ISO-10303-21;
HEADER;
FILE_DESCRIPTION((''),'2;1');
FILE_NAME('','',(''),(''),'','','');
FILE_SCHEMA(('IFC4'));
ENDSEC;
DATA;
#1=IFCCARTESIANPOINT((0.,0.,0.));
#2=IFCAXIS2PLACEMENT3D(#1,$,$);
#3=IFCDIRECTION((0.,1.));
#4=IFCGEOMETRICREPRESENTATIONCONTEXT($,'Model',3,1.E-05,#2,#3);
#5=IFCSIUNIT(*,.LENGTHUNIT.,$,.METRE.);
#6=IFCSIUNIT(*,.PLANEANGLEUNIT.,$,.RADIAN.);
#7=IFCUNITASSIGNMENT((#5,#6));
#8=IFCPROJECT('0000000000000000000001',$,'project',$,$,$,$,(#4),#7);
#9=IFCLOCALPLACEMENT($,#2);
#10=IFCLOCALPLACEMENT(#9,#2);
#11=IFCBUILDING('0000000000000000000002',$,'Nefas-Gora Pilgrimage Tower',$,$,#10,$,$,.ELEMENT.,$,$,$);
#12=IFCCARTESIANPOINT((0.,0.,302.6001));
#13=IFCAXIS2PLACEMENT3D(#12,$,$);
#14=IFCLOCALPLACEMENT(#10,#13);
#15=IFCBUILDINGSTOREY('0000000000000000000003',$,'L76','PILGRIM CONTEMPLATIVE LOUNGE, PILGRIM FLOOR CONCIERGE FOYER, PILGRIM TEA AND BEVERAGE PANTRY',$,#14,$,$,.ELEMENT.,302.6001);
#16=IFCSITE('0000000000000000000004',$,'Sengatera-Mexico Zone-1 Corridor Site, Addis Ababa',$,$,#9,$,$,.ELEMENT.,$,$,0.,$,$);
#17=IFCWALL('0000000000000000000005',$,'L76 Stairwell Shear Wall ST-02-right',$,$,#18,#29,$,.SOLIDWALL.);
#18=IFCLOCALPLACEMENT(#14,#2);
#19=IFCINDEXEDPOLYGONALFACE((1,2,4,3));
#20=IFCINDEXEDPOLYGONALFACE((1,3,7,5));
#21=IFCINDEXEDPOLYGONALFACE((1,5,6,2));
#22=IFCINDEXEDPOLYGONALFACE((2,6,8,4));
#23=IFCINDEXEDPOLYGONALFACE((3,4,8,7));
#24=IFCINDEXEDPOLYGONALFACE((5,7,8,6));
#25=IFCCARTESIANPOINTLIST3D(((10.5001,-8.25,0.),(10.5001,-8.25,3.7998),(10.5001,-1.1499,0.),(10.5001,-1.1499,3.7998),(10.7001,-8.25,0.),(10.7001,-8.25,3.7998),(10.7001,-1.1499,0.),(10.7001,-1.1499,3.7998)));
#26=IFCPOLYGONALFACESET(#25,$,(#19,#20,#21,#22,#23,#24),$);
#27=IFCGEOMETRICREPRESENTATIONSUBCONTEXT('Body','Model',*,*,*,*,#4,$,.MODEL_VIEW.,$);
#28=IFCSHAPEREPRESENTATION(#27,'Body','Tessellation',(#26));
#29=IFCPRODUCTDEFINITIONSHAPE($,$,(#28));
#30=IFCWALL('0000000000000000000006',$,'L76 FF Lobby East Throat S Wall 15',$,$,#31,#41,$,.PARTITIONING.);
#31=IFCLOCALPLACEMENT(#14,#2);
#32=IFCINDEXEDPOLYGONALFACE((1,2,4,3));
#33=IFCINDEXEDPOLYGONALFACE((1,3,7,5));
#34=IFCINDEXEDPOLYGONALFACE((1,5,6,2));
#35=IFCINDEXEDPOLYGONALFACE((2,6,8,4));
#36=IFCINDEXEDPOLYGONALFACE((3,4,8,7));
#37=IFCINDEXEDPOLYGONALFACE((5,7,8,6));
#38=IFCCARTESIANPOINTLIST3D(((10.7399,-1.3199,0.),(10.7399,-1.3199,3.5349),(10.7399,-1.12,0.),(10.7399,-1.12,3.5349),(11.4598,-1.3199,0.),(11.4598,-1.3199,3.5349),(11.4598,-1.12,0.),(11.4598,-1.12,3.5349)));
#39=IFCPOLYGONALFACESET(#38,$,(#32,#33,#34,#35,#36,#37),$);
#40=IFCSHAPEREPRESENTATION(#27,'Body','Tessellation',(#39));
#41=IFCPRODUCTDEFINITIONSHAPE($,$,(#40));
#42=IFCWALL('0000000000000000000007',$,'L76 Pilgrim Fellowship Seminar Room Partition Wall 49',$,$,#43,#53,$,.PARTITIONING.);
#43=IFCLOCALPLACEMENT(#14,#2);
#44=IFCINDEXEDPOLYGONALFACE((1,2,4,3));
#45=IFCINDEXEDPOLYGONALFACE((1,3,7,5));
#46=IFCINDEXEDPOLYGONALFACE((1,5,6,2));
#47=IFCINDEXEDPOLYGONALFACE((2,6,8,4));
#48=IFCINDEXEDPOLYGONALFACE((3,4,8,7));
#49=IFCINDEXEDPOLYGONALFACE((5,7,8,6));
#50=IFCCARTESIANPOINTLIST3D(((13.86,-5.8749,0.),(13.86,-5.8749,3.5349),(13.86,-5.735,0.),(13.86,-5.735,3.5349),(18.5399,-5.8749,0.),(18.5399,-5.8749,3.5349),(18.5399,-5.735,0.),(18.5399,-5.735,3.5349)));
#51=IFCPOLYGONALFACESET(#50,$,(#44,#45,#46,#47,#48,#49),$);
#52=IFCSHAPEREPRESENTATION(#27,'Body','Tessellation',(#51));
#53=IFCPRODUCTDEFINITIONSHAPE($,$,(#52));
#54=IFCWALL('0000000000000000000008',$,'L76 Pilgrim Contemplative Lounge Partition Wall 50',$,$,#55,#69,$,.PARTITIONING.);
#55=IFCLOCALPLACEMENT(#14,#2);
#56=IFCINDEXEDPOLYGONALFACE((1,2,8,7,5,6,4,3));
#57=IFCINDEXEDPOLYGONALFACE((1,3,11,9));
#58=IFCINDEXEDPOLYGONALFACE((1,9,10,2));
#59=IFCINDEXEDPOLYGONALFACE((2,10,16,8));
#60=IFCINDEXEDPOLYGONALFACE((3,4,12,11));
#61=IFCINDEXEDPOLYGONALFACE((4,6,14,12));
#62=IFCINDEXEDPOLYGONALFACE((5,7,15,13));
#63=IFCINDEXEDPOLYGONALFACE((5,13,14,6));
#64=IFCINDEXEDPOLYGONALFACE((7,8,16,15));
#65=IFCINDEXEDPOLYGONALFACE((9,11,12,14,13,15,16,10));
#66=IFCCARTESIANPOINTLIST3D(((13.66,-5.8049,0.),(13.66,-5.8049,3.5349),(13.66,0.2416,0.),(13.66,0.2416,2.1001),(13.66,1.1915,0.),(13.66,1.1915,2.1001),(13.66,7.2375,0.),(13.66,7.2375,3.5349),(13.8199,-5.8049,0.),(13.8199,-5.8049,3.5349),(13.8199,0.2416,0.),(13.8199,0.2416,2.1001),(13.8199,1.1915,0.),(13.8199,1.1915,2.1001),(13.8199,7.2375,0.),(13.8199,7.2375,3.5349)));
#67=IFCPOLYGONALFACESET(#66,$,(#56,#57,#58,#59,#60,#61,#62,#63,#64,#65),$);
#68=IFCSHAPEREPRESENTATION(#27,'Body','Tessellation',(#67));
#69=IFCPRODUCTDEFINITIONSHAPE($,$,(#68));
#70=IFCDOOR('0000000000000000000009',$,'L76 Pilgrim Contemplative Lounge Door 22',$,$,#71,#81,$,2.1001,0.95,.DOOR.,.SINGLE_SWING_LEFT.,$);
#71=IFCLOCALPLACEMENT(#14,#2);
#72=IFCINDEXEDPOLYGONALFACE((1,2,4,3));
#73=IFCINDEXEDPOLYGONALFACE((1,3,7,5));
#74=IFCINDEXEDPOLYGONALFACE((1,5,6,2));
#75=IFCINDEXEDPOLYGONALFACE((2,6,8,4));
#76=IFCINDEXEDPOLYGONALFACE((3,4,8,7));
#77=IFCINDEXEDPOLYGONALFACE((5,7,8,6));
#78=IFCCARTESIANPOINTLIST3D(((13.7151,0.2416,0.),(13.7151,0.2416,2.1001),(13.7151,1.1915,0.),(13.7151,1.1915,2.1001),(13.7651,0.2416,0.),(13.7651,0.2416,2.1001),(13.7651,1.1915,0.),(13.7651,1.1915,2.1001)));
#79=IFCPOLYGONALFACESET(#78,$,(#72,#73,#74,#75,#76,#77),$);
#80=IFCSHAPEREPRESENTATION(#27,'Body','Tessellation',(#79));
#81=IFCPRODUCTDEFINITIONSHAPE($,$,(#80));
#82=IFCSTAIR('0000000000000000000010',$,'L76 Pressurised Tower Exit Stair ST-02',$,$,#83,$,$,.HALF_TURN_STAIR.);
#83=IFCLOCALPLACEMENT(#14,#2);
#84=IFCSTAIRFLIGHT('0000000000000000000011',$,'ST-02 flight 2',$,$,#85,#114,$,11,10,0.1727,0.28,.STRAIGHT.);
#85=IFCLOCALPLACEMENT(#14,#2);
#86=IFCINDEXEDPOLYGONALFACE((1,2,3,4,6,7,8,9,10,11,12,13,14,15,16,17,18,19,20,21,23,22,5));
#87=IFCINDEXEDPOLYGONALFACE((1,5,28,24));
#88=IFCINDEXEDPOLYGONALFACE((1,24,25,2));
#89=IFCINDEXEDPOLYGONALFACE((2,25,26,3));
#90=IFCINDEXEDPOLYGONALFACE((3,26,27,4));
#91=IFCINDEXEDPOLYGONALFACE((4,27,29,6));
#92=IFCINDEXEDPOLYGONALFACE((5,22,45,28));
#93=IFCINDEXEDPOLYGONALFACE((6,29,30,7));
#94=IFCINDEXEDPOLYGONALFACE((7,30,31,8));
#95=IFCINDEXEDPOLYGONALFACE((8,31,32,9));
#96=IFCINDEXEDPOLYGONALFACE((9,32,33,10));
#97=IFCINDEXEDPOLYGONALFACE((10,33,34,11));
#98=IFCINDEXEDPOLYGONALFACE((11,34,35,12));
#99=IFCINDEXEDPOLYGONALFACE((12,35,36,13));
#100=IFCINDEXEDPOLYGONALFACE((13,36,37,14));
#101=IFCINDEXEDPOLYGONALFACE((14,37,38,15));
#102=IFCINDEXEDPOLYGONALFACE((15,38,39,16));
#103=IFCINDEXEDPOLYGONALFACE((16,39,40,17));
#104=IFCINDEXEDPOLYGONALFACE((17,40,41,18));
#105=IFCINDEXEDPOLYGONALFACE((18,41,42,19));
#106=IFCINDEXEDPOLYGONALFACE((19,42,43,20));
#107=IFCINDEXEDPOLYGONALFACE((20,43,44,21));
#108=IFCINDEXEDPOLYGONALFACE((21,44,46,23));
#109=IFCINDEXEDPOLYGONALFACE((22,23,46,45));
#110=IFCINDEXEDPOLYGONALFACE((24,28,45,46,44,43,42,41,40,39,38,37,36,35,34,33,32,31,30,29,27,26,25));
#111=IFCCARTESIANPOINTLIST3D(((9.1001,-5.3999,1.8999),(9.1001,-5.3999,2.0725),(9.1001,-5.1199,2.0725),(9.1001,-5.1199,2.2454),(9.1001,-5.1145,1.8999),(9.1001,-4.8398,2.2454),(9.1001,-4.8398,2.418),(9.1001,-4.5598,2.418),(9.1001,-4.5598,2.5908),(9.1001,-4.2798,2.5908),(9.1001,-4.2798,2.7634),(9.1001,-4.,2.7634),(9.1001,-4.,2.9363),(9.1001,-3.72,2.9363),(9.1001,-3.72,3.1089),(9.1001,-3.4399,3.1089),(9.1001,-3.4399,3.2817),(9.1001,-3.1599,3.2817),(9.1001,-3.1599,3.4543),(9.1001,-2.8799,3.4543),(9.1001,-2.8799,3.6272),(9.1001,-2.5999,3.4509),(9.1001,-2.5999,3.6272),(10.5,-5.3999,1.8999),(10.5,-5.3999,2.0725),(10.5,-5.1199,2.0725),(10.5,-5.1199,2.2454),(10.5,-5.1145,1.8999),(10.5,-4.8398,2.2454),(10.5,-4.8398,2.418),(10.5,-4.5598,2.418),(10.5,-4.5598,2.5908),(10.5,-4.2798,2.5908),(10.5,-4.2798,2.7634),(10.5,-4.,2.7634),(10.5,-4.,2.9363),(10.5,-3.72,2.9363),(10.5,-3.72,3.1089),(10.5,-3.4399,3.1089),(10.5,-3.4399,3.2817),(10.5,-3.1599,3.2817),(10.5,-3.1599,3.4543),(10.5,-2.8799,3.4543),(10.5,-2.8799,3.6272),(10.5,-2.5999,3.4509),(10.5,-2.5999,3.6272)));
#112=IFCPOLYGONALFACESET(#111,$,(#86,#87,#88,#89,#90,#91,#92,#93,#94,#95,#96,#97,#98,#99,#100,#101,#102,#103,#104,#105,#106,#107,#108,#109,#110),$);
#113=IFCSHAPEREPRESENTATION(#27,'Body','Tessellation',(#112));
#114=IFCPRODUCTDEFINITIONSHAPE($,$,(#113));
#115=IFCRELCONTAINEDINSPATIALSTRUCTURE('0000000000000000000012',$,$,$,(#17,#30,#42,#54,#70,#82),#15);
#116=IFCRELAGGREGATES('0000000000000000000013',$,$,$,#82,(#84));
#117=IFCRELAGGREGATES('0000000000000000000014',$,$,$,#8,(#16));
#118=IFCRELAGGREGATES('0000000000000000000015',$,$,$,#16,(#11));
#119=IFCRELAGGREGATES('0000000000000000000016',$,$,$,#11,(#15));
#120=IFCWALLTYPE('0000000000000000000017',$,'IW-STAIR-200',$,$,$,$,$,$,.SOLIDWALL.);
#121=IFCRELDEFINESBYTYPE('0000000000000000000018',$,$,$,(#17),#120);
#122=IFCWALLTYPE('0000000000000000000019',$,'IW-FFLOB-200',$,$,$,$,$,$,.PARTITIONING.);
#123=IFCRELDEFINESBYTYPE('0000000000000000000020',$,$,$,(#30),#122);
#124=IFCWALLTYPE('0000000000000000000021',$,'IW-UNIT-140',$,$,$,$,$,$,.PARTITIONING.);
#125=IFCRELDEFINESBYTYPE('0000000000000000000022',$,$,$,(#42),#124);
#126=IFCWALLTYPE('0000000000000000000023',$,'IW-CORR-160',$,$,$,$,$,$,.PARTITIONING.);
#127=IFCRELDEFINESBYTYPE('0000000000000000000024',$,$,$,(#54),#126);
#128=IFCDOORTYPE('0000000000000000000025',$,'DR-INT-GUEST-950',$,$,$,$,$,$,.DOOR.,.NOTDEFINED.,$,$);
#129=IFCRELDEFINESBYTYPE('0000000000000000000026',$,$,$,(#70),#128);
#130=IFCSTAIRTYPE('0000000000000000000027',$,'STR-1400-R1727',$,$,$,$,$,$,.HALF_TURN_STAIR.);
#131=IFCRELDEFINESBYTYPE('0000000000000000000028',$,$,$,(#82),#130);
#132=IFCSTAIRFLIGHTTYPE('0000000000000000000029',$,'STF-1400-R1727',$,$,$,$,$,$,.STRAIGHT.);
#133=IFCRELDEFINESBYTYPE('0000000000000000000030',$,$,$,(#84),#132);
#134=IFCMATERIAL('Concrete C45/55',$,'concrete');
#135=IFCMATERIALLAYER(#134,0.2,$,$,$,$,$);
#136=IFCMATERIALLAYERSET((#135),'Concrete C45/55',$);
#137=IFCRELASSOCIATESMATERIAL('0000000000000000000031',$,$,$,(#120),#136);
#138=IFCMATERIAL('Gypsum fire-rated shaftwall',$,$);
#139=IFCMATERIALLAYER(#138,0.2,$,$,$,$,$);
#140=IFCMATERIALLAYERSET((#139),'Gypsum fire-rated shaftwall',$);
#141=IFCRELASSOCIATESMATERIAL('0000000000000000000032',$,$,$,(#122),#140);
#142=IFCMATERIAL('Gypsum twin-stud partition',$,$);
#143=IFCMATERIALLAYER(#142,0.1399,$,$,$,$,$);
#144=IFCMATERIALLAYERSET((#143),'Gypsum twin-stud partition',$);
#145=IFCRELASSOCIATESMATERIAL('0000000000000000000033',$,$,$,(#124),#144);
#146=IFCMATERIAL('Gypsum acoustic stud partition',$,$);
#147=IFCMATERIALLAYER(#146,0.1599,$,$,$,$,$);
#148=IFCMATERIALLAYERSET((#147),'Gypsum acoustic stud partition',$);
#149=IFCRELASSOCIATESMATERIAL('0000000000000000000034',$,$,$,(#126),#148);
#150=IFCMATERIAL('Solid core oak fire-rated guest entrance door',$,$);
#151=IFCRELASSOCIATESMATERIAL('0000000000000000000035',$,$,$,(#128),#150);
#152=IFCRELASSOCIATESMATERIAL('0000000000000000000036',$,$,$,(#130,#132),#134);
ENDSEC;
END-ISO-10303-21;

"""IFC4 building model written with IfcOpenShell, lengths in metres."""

from ifc_helpers import new_model, si_unit, direction, frame, frame_2d, origin, place, context, subcontext, project, spatial, polyline, rectangle, outline, extrude, source, transform, mapped, material, layer, layer_set, type_object, element, fill, aggregate, save


model = new_model("IFC4")

# Units and contexts
model_context = context("Model", 3, precision=1e-05, world=origin(), true_north=direction((0.0, 1.0)))
body_context = subcontext(model_context, "Body", "Model", "MODEL_VIEW")
ifc_project = project(units=[si_unit("LENGTHUNIT", "METRE"), si_unit("PLANEANGLEUNIT", "RADIAN")], contexts=[model_context])

# Site, building, storey
site_placement = place(None, origin())
site = spatial("IfcSite", under=ifc_project, at=site_placement, Name="Sengatera-Mexico Zone-1 Corridor Site, Addis Ababa", CompositionType="ELEMENT", RefElevation=0.0)
building_placement = place(site_placement, origin())
building = spatial("IfcBuilding", under=site, at=building_placement, Name="Nefas-Gora Pilgrimage Tower", CompositionType="ELEMENT")
storey_placement = place(building_placement, frame((0.0, 0.0, 302.6001)))
storey = spatial("IfcBuildingStorey", under=building, at=storey_placement, Name="L76", Description="PILGRIM CONTEMPLATIVE LOUNGE, PILGRIM FLOOR CONCIERGE FOYER, PILGRIM TEA AND BEVERAGE PANTRY", CompositionType="ELEMENT", Elevation=302.6001)

# Walls
ifc_material_1 = material(Name="Concrete C45/55", Category="concrete")
ifc_layer_1 = layer(ifc_material_1, 0.2)
ifc_layer_set_1 = layer_set([ifc_layer_1], Name="Concrete C45/55")
wall_type_1 = type_object("IfcWallType", Name="IW-STAIR-200", PredefinedType="SOLIDWALL", material=ifc_layer_set_1)
shared_shape_1 = source(origin(), body_context, "Body", "SweptSolid", [
    extrude(rectangle(XDim=7.1001, YDim=0.2, at=frame_2d((3.55, 0.0))), origin(), (0.0, 0.0, 1.0), 3.7998),
])
wall_1_placement = place(storey_placement, frame((10.6001, -1.1499, 0.0), z_axis=(0.0, 0.0, 1.0), x_axis=(0.0, -1.0, 0.0)))
element("IfcWall", 1, at=wall_1_placement, inside=storey, type_object=wall_type_1, Name="L76 Stairwell Shear Wall ST-02-right", PredefinedType="SOLIDWALL", context=body_context, shape_type="MappedRepresentation", body=[
    mapped(shared_shape_1, transform((0.0, 0.0, 0.0), x_axis=(1.0, 0.0, 0.0), y_axis=(0.0, 1.0, 0.0), z_axis=(0.0, 0.0, 1.0), scale=1.0)),
])
ifc_material_2 = material(Name="Gypsum fire-rated shaftwall")
ifc_layer_2 = layer(ifc_material_2, 0.2)
ifc_layer_set_2 = layer_set([ifc_layer_2], Name="Gypsum fire-rated shaftwall")
wall_type_2 = type_object("IfcWallType", Name="IW-FFLOB-200", PredefinedType="PARTITIONING", material=ifc_layer_set_2)
shared_shape_2 = source(origin(), body_context, "Body", "SweptSolid", [
    extrude(rectangle(XDim=0.72, YDim=0.2, at=frame_2d((0.3599, 0.0))), origin(), (0.0, 0.0, 1.0), 3.5349),
])
wall_2_placement = place(storey_placement, frame((10.74, -1.22, 0.0), z_axis=(0.0, 0.0, 1.0), x_axis=(1.0, 0.0, 0.0)))
element("IfcWall", 2, at=wall_2_placement, inside=storey, type_object=wall_type_2, Name="L76 FF Lobby East Throat S Wall 15", PredefinedType="PARTITIONING", context=body_context, shape_type="MappedRepresentation", body=[
    mapped(shared_shape_2, transform((0.0, 0.0, 0.0), x_axis=(1.0, 0.0, 0.0), y_axis=(0.0, 1.0, 0.0), z_axis=(0.0, 0.0, 1.0), scale=1.0)),
])

# Wall
ifc_material_3 = material(Name="Gypsum twin-stud partition")
ifc_layer_3 = layer(ifc_material_3, 0.1399)
ifc_layer_set_3 = layer_set([ifc_layer_3], Name="Gypsum twin-stud partition")
wall_type_3 = type_object("IfcWallType", Name="IW-UNIT-140", PredefinedType="PARTITIONING", material=ifc_layer_set_3)
shared_shape_3 = source(origin(), body_context, "Body", "SweptSolid", [
    extrude(rectangle(XDim=4.6799, YDim=0.1399, at=frame_2d((2.3398, 0.0))), origin(), (0.0, 0.0, 1.0), 3.5349),
])
wall_3_placement = place(storey_placement, frame((13.8601, -5.8049, 0.0), z_axis=(0.0, 0.0, 1.0), x_axis=(1.0, 0.0, 0.0)))
element("IfcWall", 3, at=wall_3_placement, inside=storey, type_object=wall_type_3, Name="L76 Pilgrim Fellowship Seminar Room Partition Wall 49", PredefinedType="PARTITIONING", context=body_context, shape_type="MappedRepresentation", body=[
    mapped(shared_shape_3, transform((0.0, 0.0, 0.0), x_axis=(1.0, 0.0, 0.0), y_axis=(0.0, 1.0, 0.0), z_axis=(0.0, 0.0, 1.0), scale=1.0)),
])

# Wall, opening, door
ifc_material_4 = material(Name="Gypsum acoustic stud partition")
ifc_layer_4 = layer(ifc_material_4, 0.1599)
ifc_layer_set_4 = layer_set([ifc_layer_4], Name="Gypsum acoustic stud partition")
wall_type_4 = type_object("IfcWallType", Name="IW-CORR-160", PredefinedType="PARTITIONING", material=ifc_layer_set_4)
shared_shape_4 = source(origin(), body_context, "Body", "SweptSolid", [
    extrude(rectangle(XDim=13.0425, YDim=0.1599, at=frame_2d((6.5212, 0.0))), origin(), (0.0, 0.0, 1.0), 3.5349),
])
wall_4_placement = place(storey_placement, frame((13.74, -5.8049, 0.0), z_axis=(0.0, 0.0, 1.0), x_axis=(0.0, 1.0, 0.0)))
wall_4 = element("IfcWall", 4, at=wall_4_placement, inside=storey, type_object=wall_type_4, Name="L76 Pilgrim Contemplative Lounge Partition Wall 50", PredefinedType="PARTITIONING", context=body_context, shape_type="MappedRepresentation", body=[
    mapped(shared_shape_4, transform((0.0, 0.0, 0.0), x_axis=(1.0, 0.0, 0.0), y_axis=(0.0, 1.0, 0.0), z_axis=(0.0, 0.0, 1.0), scale=1.0)),
])
opening_1_placement = place(wall_4_placement, frame((6.0464, 0.0, 0.0)))
opening_1 = element("IfcOpeningElement", 5, at=opening_1_placement, cuts=wall_4, PredefinedType="OPENING", context=body_context, shape_type="SweptSolid", body=[
    extrude(rectangle(XDim=0.95, YDim=2.1001, at=frame_2d((0.4751, 1.05))), frame((0.0, 0.0898, 0.0), z_axis=(0.0, -1.0, 0.0), x_axis=(1.0, 0.0, 0.0)), (0.0, 0.0, 1.0), 0.1799),
])
ifc_material_5 = material(Name="Solid core oak fire-rated guest entrance door")
door_type_1 = type_object("IfcDoorType", Name="DR-INT-GUEST-950", OperationType="NOTDEFINED", PredefinedType="DOOR", material=ifc_material_5)
shared_shape_5 = source(origin(), body_context, "Body", "SweptSolid", [
    extrude(rectangle(XDim=0.95, YDim=2.1001, at=frame_2d((0.4751, 1.05))), frame((0.0, 0.0249, 0.0), z_axis=(0.0, -1.0, 0.0), x_axis=(1.0, 0.0, 0.0)), (0.0, 0.0, 1.0), 0.05),
])
door_1_placement = place(opening_1_placement, origin())
door_1 = element("IfcDoor", 6, at=door_1_placement, inside=storey, type_object=door_type_1, Name="L76 Pilgrim Contemplative Lounge Door 22", OperationType="SINGLE_SWING_LEFT", OverallHeight=2.1001, OverallWidth=0.95, PredefinedType="DOOR", context=body_context, shape_type="MappedRepresentation", body=[
    mapped(shared_shape_5, transform((0.0, 0.0, 0.0), x_axis=(1.0, 0.0, 0.0), y_axis=(0.0, 1.0, 0.0), z_axis=(0.0, 0.0, 1.0), scale=1.0)),
])
fill(opening_1, door_1)

# Stair, stair flight
stair_type = type_object("IfcStairType", Name="STR-1400-R1727", PredefinedType="HALF_TURN_STAIR", material=ifc_material_1)
stair_placement = place(storey_placement, origin())
stair = element("IfcStair", 7, at=stair_placement, inside=storey, type_object=stair_type, Name="L76 Pressurised Tower Exit Stair ST-02", PredefinedType="HALF_TURN_STAIR")
stair_flight_type = type_object("IfcStairFlightType", Name="STF-1400-R1727", PredefinedType="STRAIGHT", material=ifc_material_1)
shared_shape_6 = source(origin(), body_context, "Body", "SweptSolid", [
    extrude(outline(polyline([(0.0, 0.0), (0.0, 0.1726), (0.28, 0.1726), (0.28, 0.3455), (0.5601, 0.3455), (0.5601, 0.5181), (0.8401, 0.5181), (0.8401, 0.6909), (1.1201, 0.6909), (1.1201, 0.8635), (1.3999, 0.8635), (1.3999, 1.0364), (1.6799, 1.0364), (1.6799, 1.209), (1.96, 1.209), (1.96, 1.3818), (2.24, 1.3818), (2.24, 1.5544), (2.52, 1.5544), (2.52, 1.7273), (2.8, 1.7273), (2.8, 1.8999), (2.8, 1.551), (0.2854, 0.0), (0.0, 0.0)])), frame((0.0, 0.7, 0.0), z_axis=(0.0, -1.0, 0.0), x_axis=(1.0, 0.0, 0.0)), (0.0, 0.0, 1.0), 1.3999),
])
stair_flight_placement = place(storey_placement, frame((9.8, -5.3999, 1.8999), z_axis=(0.0, 0.0, 1.0), x_axis=(0.0, 1.0, 0.0)))
stair_flight = element("IfcStairFlight", 8, at=stair_flight_placement, type_object=stair_flight_type, Name="ST-02 flight 2", NumberOfRisers=11, NumberOfTreads=10, PredefinedType="STRAIGHT", RiserHeight=0.1727, TreadLength=0.28, context=body_context, shape_type="MappedRepresentation", body=[
    mapped(shared_shape_6, transform((0.0, 0.0, 0.0), x_axis=(1.0, 0.0, 0.0), y_axis=(0.0, 1.0, 0.0), z_axis=(0.0, 0.0, 1.0), scale=1.0)),
])
aggregate(stair, [stair_flight])

save(model, "model.ifc")
